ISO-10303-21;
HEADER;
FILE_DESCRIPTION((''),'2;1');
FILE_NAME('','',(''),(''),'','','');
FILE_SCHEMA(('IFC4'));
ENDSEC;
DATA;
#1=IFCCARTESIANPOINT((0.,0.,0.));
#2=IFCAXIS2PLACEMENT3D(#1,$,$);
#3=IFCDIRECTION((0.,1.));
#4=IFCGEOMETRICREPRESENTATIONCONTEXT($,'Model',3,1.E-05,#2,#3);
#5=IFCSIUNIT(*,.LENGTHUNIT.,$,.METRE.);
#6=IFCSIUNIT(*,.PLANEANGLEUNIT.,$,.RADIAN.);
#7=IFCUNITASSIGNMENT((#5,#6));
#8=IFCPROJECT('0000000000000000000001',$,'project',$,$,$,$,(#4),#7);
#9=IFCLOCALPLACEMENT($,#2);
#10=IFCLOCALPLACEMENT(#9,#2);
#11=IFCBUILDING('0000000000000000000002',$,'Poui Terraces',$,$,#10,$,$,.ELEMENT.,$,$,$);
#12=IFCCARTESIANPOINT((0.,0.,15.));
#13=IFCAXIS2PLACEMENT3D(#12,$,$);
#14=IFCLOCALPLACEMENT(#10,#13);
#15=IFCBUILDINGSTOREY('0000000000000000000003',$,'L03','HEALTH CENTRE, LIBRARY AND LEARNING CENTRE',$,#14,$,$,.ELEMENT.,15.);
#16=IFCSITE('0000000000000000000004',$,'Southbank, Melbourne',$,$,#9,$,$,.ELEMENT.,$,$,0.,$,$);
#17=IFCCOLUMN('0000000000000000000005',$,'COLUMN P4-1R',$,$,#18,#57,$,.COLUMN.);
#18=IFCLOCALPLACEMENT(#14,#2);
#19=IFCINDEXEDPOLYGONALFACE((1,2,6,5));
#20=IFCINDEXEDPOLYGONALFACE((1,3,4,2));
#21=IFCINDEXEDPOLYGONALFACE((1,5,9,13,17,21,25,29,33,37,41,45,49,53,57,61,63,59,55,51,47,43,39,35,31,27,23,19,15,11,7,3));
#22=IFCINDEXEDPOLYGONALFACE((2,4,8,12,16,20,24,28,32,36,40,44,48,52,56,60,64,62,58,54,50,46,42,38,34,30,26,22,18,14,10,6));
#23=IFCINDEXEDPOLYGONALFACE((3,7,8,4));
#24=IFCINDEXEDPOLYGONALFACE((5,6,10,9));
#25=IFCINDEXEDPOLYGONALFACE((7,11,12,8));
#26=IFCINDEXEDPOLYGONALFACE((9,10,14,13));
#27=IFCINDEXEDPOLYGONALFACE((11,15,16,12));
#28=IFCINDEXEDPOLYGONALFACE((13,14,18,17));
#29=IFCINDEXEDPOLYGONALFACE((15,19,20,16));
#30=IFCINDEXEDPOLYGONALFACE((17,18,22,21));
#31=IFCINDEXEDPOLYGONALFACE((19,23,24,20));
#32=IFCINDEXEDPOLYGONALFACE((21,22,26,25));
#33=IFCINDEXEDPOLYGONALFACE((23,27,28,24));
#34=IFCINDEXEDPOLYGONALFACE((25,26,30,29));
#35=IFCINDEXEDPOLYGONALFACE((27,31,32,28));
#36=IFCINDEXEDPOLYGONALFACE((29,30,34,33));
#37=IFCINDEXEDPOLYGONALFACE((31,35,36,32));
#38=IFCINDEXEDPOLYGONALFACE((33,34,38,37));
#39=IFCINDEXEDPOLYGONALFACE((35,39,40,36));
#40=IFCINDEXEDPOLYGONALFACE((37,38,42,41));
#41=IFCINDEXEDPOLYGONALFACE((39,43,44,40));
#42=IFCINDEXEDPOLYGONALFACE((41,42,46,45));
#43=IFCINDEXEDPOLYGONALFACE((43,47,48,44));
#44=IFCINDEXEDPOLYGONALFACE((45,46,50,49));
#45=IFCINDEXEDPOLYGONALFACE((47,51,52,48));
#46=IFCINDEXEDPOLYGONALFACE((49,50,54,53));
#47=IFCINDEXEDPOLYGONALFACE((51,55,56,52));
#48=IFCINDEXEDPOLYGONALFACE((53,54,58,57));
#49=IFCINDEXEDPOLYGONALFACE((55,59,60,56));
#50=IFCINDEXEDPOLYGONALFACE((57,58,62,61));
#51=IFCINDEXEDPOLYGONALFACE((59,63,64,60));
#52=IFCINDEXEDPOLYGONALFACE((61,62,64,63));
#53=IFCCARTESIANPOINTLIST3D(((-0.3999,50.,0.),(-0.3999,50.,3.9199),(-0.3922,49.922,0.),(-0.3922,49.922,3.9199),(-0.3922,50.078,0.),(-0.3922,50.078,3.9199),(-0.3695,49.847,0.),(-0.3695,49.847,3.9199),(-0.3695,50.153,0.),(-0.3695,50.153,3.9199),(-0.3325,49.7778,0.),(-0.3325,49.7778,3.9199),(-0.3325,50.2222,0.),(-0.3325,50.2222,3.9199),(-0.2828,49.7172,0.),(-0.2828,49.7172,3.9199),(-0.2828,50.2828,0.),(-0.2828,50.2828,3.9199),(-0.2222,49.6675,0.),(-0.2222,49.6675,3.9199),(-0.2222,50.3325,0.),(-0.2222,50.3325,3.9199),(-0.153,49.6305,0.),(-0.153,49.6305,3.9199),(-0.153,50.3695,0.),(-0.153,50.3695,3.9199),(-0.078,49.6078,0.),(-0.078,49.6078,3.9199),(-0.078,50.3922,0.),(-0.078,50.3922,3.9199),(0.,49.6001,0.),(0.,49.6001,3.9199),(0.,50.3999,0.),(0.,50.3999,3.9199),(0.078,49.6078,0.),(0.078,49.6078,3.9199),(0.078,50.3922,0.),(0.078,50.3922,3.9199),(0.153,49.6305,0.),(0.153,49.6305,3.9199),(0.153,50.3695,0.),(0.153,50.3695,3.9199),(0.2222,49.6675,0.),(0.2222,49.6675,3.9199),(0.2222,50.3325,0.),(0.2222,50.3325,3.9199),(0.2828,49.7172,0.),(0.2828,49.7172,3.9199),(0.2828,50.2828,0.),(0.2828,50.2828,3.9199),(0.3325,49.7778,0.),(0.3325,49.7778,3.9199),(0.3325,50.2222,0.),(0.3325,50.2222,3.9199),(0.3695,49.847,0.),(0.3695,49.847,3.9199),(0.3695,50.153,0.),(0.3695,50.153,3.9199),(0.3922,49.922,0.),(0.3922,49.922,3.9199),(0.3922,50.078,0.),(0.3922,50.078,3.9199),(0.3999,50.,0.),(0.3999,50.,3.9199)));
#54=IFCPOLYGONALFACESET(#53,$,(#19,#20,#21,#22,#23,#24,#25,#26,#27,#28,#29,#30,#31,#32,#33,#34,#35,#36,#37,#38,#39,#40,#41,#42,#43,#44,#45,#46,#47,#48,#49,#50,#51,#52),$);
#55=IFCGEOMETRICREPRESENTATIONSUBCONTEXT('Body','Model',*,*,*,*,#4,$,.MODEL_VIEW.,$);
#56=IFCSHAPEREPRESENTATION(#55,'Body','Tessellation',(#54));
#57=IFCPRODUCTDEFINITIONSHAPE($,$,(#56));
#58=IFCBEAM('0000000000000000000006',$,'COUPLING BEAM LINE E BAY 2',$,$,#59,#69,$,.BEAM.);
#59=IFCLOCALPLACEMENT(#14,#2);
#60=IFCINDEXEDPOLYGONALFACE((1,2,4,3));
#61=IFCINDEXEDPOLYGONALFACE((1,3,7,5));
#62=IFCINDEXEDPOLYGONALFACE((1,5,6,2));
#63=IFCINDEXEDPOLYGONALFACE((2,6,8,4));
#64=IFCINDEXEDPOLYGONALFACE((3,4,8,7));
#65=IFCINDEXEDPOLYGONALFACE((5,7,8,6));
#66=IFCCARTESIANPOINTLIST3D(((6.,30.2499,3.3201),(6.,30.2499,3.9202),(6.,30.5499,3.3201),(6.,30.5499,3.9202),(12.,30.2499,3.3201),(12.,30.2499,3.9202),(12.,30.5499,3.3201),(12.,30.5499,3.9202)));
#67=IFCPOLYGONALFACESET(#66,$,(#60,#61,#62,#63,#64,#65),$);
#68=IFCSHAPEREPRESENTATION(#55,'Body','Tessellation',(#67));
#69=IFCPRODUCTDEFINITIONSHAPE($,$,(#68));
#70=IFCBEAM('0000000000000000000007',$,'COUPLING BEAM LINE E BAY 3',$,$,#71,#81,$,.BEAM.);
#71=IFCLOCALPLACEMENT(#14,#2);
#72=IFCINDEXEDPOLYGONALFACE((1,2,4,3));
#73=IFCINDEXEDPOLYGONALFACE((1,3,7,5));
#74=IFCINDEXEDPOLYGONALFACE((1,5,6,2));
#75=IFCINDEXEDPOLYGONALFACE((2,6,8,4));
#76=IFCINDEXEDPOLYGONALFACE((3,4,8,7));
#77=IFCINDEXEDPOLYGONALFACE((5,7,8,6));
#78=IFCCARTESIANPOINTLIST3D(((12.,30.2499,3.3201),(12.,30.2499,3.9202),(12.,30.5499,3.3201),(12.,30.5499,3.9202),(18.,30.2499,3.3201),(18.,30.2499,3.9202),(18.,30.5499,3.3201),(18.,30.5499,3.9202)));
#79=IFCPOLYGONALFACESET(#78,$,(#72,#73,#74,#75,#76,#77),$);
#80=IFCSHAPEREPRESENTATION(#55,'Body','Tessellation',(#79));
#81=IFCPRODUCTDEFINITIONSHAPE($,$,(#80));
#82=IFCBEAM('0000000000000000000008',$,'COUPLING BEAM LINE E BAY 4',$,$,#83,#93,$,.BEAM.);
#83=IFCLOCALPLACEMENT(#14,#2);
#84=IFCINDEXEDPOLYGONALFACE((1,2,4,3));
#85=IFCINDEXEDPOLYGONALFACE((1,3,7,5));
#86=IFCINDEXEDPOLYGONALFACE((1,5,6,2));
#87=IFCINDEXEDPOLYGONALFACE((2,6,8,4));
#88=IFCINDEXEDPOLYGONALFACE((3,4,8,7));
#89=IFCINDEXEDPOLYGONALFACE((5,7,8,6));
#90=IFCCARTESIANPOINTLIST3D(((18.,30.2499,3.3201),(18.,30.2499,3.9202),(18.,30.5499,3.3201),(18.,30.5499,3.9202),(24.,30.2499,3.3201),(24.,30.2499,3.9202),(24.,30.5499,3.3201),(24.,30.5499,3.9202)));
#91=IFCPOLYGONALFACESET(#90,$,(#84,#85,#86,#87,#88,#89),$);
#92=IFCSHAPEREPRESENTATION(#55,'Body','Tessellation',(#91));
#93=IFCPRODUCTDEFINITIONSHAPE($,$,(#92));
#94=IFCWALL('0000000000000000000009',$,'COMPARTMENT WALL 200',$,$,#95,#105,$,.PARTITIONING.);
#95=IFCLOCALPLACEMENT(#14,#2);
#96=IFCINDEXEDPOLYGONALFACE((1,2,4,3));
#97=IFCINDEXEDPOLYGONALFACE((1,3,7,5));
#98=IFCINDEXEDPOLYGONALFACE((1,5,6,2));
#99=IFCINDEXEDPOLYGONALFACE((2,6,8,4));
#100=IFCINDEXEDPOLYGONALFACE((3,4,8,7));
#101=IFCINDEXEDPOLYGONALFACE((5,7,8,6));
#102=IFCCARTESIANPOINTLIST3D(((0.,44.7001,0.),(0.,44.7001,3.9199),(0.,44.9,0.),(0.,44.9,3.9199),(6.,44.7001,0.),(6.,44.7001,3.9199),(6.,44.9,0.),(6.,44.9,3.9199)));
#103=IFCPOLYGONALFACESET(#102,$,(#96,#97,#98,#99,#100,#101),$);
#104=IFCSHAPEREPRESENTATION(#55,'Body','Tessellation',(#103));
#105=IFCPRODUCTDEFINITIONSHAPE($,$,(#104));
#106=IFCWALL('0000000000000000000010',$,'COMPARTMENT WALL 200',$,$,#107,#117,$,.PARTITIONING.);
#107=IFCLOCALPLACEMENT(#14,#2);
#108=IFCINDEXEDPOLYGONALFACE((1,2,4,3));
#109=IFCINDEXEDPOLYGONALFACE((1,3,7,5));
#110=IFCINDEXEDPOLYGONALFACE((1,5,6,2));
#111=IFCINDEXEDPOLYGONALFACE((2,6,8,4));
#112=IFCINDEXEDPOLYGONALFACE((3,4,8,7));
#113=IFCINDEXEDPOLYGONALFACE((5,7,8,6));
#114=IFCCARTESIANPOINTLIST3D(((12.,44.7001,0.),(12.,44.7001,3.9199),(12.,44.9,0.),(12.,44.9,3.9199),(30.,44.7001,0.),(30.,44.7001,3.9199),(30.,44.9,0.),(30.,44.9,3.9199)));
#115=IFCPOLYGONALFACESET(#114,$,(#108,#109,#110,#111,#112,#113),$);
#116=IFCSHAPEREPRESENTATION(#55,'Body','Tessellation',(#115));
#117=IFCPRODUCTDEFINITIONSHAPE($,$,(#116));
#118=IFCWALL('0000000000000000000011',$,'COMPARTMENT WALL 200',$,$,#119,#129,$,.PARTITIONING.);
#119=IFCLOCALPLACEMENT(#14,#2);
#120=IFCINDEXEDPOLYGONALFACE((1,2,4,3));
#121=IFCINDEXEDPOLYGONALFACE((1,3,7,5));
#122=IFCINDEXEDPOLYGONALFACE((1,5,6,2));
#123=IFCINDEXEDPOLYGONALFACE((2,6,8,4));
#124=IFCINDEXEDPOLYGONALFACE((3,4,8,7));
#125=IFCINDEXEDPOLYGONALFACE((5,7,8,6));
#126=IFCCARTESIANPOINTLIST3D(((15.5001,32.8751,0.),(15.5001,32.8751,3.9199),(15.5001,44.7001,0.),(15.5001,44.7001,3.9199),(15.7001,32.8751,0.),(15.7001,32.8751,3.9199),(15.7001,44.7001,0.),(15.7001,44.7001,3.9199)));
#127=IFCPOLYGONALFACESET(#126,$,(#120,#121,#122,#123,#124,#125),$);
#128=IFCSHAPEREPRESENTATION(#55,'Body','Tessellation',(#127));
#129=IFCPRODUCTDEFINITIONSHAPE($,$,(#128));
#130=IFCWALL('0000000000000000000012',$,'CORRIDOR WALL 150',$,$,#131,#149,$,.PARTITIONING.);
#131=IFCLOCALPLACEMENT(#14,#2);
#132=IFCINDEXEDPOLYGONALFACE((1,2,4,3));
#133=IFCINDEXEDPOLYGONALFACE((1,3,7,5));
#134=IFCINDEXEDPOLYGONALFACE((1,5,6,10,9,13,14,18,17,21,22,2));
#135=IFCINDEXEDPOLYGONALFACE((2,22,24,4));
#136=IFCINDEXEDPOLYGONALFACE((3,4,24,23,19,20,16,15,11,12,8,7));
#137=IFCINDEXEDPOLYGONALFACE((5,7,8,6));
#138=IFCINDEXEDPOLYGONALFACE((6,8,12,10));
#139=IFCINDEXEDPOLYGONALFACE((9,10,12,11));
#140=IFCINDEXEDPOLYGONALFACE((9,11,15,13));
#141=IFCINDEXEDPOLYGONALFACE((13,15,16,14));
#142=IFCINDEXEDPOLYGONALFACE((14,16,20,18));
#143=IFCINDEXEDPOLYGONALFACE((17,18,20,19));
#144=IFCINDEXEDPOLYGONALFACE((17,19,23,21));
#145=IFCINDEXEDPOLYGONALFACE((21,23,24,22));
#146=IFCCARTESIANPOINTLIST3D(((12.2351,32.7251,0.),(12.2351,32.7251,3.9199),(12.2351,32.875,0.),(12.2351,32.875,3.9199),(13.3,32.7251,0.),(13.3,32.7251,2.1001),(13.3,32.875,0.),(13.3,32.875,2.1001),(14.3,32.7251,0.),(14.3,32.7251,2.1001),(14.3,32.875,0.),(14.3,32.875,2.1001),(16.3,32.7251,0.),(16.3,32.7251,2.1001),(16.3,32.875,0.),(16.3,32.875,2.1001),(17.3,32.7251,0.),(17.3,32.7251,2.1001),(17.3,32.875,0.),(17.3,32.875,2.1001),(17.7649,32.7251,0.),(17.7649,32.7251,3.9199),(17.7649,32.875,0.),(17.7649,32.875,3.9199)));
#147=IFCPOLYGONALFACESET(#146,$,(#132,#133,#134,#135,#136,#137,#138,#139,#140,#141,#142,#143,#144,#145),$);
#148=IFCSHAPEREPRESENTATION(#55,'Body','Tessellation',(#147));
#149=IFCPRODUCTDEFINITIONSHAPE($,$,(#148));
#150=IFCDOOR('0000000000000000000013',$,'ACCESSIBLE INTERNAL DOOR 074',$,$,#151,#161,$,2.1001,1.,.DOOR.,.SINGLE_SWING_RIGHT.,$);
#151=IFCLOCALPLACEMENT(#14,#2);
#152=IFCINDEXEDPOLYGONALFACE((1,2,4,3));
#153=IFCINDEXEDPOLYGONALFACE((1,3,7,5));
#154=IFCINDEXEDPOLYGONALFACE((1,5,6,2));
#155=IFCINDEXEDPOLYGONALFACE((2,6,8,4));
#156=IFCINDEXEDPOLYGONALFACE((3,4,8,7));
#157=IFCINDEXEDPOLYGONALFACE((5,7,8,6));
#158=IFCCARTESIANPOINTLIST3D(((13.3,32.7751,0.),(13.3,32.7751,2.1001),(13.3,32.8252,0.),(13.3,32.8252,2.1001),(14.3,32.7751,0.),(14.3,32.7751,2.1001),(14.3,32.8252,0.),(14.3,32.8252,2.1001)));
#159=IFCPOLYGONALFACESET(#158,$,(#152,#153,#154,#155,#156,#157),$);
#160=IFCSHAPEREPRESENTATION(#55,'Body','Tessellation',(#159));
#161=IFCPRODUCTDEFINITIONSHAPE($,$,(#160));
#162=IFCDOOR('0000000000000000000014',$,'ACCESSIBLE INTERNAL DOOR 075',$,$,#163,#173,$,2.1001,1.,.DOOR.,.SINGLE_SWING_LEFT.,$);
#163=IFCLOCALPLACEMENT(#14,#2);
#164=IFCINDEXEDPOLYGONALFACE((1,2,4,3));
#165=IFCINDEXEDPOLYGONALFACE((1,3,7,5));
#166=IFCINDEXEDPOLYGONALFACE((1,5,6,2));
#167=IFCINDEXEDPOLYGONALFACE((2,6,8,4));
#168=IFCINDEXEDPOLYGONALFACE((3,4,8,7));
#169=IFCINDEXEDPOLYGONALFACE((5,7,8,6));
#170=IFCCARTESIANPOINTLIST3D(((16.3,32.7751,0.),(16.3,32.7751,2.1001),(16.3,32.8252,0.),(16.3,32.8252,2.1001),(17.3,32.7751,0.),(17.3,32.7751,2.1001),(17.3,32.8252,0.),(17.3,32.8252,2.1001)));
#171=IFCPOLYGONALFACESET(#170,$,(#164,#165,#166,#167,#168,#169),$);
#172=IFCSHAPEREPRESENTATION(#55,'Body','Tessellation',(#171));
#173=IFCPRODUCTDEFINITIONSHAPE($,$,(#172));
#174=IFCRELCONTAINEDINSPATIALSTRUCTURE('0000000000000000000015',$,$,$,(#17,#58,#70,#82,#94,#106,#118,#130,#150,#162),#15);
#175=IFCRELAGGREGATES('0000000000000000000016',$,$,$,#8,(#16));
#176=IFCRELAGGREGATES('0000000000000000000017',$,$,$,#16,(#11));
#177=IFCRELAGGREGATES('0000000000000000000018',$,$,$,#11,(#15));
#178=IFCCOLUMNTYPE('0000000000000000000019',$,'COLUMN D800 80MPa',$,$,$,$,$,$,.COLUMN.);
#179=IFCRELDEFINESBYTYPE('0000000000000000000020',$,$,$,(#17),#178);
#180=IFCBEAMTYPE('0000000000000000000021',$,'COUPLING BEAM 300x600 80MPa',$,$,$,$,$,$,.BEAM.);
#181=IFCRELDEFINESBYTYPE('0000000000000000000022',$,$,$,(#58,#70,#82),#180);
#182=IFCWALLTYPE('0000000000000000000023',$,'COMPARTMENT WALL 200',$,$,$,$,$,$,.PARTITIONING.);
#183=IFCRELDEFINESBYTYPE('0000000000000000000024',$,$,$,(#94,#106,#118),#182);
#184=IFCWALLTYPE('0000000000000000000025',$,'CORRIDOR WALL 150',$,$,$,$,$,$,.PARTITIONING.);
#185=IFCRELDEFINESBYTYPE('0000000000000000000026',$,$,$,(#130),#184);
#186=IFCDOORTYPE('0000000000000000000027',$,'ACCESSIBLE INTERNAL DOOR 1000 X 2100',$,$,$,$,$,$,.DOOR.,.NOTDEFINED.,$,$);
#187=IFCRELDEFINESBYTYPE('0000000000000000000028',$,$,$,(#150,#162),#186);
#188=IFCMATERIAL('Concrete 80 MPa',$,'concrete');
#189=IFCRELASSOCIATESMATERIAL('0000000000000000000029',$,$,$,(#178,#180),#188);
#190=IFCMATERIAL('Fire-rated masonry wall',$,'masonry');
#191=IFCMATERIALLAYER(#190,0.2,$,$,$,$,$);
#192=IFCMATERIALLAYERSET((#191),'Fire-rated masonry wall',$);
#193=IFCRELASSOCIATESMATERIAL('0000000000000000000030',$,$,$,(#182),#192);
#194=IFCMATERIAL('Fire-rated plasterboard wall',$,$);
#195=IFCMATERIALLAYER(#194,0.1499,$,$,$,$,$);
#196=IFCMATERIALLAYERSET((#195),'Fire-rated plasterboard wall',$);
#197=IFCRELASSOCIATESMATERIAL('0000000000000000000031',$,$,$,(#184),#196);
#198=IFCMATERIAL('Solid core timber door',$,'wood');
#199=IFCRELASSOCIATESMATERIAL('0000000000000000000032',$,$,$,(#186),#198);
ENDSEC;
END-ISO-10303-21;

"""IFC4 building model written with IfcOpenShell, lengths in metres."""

from ifc_helpers import new_model, si_unit, direction, frame, frame_2d, origin, origin_2d, place, context, subcontext, project, spatial, rectangle, circle, extrude, source, transform, mapped, material, layer, layer_set, material_profile, profile_set, type_object, element, fill, save


model = new_model("IFC4")

# Units and contexts
model_context = context("Model", 3, precision=1e-05, world=origin(), true_north=direction((0.0, 1.0)))
body_context = subcontext(model_context, "Body", "Model", "MODEL_VIEW")
ifc_project = project(units=[si_unit("LENGTHUNIT", "METRE"), si_unit("PLANEANGLEUNIT", "RADIAN")], contexts=[model_context])

# Site, building, storey
site_placement = place(None, origin())
site = spatial("IfcSite", under=ifc_project, at=site_placement, Name="Southbank, Melbourne", CompositionType="ELEMENT", RefElevation=0.0)
building_placement = place(site_placement, origin())
building = spatial("IfcBuilding", under=site, at=building_placement, Name="Poui Terraces", CompositionType="ELEMENT")
storey_placement = place(building_placement, frame((0.0, 0.0, 15.0)))
storey = spatial("IfcBuildingStorey", under=building, at=storey_placement, Name="L03", Description="HEALTH CENTRE, LIBRARY AND LEARNING CENTRE", CompositionType="ELEMENT", Elevation=15.0)

# Column
ifc_material_1 = material(Name="Concrete 80 MPa", Category="concrete")
ifc_material_profile_1 = material_profile(ifc_material_1, circle(Radius=0.3999, at=origin_2d()), Name="RC D800")
ifc_profile_set_1 = profile_set([ifc_material_profile_1], Name="Concrete 80 MPa")
column_type = type_object("IfcColumnType", Name="COLUMN D800 80MPa", PredefinedType="COLUMN", material=ifc_profile_set_1)
shared_shape_1 = source(origin(), body_context, "Body", "SweptSolid", [
    extrude(circle(Radius=0.3999, at=origin_2d()), origin(), (0.0, 0.0, 1.0), 3.9199),
])
column_placement = place(storey_placement, frame((0.0, 50.0, 0.0), z_axis=(0.0, 0.0, 1.0), x_axis=(1.0, 0.0, 0.0)))
element("IfcColumn", 1, at=column_placement, inside=storey, type_object=column_type, Name="COLUMN P4-1R", PredefinedType="COLUMN", context=body_context, shape_type="MappedRepresentation", body=[
    mapped(shared_shape_1, transform((0.0, 0.0, 0.0))),
])

# Beams
ifc_material_profile_2 = material_profile(ifc_material_1, rectangle(XDim=0.3, YDim=0.6001, at=origin_2d()), Name="RC 300x600")
ifc_profile_set_2 = profile_set([ifc_material_profile_2], Name="Concrete 80 MPa")
beam_type = type_object("IfcBeamType", Name="COUPLING BEAM 300x600 80MPa", PredefinedType="BEAM", material=ifc_profile_set_2)
shared_shape_2 = source(origin(), body_context, "Body", "SweptSolid", [
    extrude(rectangle(XDim=0.3, YDim=0.6001, at=origin_2d()), origin(), (0.0, 0.0, 1.0), 6.0),
])
for number, where, z_axis, x_axis, name in (
    (2, (6.0, 30.3999, 3.6201), (1.0, 0.0, 0.0), (0.0, 1.0, 0.0), "COUPLING BEAM LINE E BAY 2"),
    (3, (12.0, 30.3999, 3.6201), (1.0, 0.0, 0.0), (0.0, 1.0, 0.0), "COUPLING BEAM LINE E BAY 3"),
    (4, (18.0, 30.3999, 3.6201), (1.0, 0.0, 0.0), (0.0, 1.0, 0.0), "COUPLING BEAM LINE E BAY 4"),
):
    element("IfcBeam", number, at=place(storey_placement, frame(where, z_axis=z_axis, x_axis=x_axis)), inside=storey, type_object=beam_type, Name=name, PredefinedType="BEAM", context=body_context, shape_type="MappedRepresentation", body=[
        mapped(shared_shape_2, transform((0.0, 0.0, 0.0))),
    ])

# Walls
ifc_material_2 = material(Name="Fire-rated masonry wall", Category="masonry")
ifc_layer_1 = layer(ifc_material_2, 0.2)
ifc_layer_set_1 = layer_set([ifc_layer_1], Name="Fire-rated masonry wall")
wall_type_1 = type_object("IfcWallType", Name="COMPARTMENT WALL 200", PredefinedType="PARTITIONING", material=ifc_layer_set_1)
wall_1_placement = place(storey_placement, frame((0.0, 44.8, 0.0), z_axis=(0.0, 0.0, 1.0), x_axis=(1.0, 0.0, 0.0)))
element("IfcWall", 5, at=wall_1_placement, inside=storey, type_object=wall_type_1, Name="COMPARTMENT WALL 200", PredefinedType="PARTITIONING", context=body_context, shape_type="SweptSolid", body=[
    extrude(rectangle(XDim=6.0, YDim=0.2, at=frame_2d((3.0, 0.0))), origin(), (0.0, 0.0, 1.0), 3.9199),
])
wall_2_placement = place(storey_placement, frame((12.0, 44.8, 0.0), z_axis=(0.0, 0.0, 1.0), x_axis=(1.0, 0.0, 0.0)))
element("IfcWall", 6, at=wall_2_placement, inside=storey, type_object=wall_type_1, Name="COMPARTMENT WALL 200", PredefinedType="PARTITIONING", context=body_context, shape_type="SweptSolid", body=[
    extrude(rectangle(XDim=18.0, YDim=0.2, at=frame_2d((9.0, 0.0))), origin(), (0.0, 0.0, 1.0), 3.9199),
])
wall_3_placement = place(storey_placement, frame((15.6001, 32.875, 0.0), z_axis=(0.0, 0.0, 1.0), x_axis=(0.0, 1.0, 0.0)))
element("IfcWall", 7, at=wall_3_placement, inside=storey, type_object=wall_type_1, Name="COMPARTMENT WALL 200", PredefinedType="PARTITIONING", context=body_context, shape_type="SweptSolid", body=[
    extrude(rectangle(XDim=11.825, YDim=0.2, at=frame_2d((5.9126, 0.0))), origin(), (0.0, 0.0, 1.0), 3.9199),
])

# Wall, openings, doors
ifc_material_3 = material(Name="Fire-rated plasterboard wall")
ifc_layer_2 = layer(ifc_material_3, 0.1499)
ifc_layer_set_2 = layer_set([ifc_layer_2], Name="Fire-rated plasterboard wall")
wall_type_2 = type_object("IfcWallType", Name="CORRIDOR WALL 150", PredefinedType="PARTITIONING", material=ifc_layer_set_2)
wall_4_placement = place(storey_placement, frame((12.2351, 32.8, 0.0), z_axis=(0.0, 0.0, 1.0), x_axis=(1.0, 0.0, 0.0)))
wall_4 = element("IfcWall", 8, at=wall_4_placement, inside=storey, type_object=wall_type_2, Name="CORRIDOR WALL 150", PredefinedType="PARTITIONING", context=body_context, shape_type="SweptSolid", body=[
    extrude(rectangle(XDim=5.5298, YDim=0.1499, at=frame_2d((2.7649, 0.0))), origin(), (0.0, 0.0, 1.0), 3.9199),
])
opening_1_placement = place(wall_4_placement, frame((1.0649, 0.0, 0.0)))
opening_1 = element("IfcOpeningElement", 9, at=opening_1_placement, cuts=wall_4, PredefinedType="OPENING", context=body_context, shape_type="SweptSolid", body=[
    extrude(rectangle(XDim=1.0, YDim=2.1001, at=frame_2d((0.5, 1.05))), frame((0.0, 0.085, 0.0), z_axis=(0.0, -1.0, 0.0), x_axis=(1.0, 0.0, 0.0)), (0.0, 0.0, 1.0), 0.1699),
])
opening_2_placement = place(wall_4_placement, frame((4.0649, 0.0, 0.0)))
opening_2 = element("IfcOpeningElement", 10, at=opening_2_placement, cuts=wall_4, PredefinedType="OPENING", context=body_context, shape_type="SweptSolid", body=[
    extrude(rectangle(XDim=1.0, YDim=2.1001, at=frame_2d((0.5, 1.05))), frame((0.0, 0.085, 0.0), z_axis=(0.0, -1.0, 0.0), x_axis=(1.0, 0.0, 0.0)), (0.0, 0.0, 1.0), 0.1699),
])
ifc_material_4 = material(Name="Solid core timber door", Category="wood")
door_type_1 = type_object("IfcDoorType", Name="ACCESSIBLE INTERNAL DOOR 1000 X 2100", OperationType="NOTDEFINED", PredefinedType="DOOR", material=ifc_material_4)
door_1_placement = place(opening_1_placement, frame((1.0, 0.0, 0.0), z_axis=(0.0, 0.0, 1.0), x_axis=(-1.0, 0.0, 0.0)))
door_1 = element("IfcDoor", 11, at=door_1_placement, inside=storey, type_object=door_type_1, Name="ACCESSIBLE INTERNAL DOOR 074", OperationType="SINGLE_SWING_RIGHT", OverallHeight=2.1001, OverallWidth=1.0, PredefinedType="DOOR", context=body_context, shape_type="SweptSolid", body=[
    extrude(rectangle(XDim=1.0, YDim=2.1001, at=frame_2d((0.5, 1.05))), frame((0.0, 0.0249, 0.0), z_axis=(0.0, -1.0, 0.0), x_axis=(1.0, 0.0, 0.0)), (0.0, 0.0, 1.0), 0.05),
])
fill(opening_1, door_1)
door_2_placement = place(opening_2_placement, frame((1.0, 0.0, 0.0), z_axis=(0.0, 0.0, 1.0), x_axis=(-1.0, 0.0, 0.0)))
door_2 = element("IfcDoor", 12, at=door_2_placement, inside=storey, type_object=door_type_1, Name="ACCESSIBLE INTERNAL DOOR 075", OperationType="SINGLE_SWING_LEFT", OverallHeight=2.1001, OverallWidth=1.0, PredefinedType="DOOR", context=body_context, shape_type="SweptSolid", body=[
    extrude(rectangle(XDim=1.0, YDim=2.1001, at=frame_2d((0.5, 1.05))), frame((0.0, 0.0249, 0.0), z_axis=(0.0, -1.0, 0.0), x_axis=(1.0, 0.0, 0.0)), (0.0, 0.0, 1.0), 0.05),
])
fill(opening_2, door_2)

save(model, "model.ifc")
